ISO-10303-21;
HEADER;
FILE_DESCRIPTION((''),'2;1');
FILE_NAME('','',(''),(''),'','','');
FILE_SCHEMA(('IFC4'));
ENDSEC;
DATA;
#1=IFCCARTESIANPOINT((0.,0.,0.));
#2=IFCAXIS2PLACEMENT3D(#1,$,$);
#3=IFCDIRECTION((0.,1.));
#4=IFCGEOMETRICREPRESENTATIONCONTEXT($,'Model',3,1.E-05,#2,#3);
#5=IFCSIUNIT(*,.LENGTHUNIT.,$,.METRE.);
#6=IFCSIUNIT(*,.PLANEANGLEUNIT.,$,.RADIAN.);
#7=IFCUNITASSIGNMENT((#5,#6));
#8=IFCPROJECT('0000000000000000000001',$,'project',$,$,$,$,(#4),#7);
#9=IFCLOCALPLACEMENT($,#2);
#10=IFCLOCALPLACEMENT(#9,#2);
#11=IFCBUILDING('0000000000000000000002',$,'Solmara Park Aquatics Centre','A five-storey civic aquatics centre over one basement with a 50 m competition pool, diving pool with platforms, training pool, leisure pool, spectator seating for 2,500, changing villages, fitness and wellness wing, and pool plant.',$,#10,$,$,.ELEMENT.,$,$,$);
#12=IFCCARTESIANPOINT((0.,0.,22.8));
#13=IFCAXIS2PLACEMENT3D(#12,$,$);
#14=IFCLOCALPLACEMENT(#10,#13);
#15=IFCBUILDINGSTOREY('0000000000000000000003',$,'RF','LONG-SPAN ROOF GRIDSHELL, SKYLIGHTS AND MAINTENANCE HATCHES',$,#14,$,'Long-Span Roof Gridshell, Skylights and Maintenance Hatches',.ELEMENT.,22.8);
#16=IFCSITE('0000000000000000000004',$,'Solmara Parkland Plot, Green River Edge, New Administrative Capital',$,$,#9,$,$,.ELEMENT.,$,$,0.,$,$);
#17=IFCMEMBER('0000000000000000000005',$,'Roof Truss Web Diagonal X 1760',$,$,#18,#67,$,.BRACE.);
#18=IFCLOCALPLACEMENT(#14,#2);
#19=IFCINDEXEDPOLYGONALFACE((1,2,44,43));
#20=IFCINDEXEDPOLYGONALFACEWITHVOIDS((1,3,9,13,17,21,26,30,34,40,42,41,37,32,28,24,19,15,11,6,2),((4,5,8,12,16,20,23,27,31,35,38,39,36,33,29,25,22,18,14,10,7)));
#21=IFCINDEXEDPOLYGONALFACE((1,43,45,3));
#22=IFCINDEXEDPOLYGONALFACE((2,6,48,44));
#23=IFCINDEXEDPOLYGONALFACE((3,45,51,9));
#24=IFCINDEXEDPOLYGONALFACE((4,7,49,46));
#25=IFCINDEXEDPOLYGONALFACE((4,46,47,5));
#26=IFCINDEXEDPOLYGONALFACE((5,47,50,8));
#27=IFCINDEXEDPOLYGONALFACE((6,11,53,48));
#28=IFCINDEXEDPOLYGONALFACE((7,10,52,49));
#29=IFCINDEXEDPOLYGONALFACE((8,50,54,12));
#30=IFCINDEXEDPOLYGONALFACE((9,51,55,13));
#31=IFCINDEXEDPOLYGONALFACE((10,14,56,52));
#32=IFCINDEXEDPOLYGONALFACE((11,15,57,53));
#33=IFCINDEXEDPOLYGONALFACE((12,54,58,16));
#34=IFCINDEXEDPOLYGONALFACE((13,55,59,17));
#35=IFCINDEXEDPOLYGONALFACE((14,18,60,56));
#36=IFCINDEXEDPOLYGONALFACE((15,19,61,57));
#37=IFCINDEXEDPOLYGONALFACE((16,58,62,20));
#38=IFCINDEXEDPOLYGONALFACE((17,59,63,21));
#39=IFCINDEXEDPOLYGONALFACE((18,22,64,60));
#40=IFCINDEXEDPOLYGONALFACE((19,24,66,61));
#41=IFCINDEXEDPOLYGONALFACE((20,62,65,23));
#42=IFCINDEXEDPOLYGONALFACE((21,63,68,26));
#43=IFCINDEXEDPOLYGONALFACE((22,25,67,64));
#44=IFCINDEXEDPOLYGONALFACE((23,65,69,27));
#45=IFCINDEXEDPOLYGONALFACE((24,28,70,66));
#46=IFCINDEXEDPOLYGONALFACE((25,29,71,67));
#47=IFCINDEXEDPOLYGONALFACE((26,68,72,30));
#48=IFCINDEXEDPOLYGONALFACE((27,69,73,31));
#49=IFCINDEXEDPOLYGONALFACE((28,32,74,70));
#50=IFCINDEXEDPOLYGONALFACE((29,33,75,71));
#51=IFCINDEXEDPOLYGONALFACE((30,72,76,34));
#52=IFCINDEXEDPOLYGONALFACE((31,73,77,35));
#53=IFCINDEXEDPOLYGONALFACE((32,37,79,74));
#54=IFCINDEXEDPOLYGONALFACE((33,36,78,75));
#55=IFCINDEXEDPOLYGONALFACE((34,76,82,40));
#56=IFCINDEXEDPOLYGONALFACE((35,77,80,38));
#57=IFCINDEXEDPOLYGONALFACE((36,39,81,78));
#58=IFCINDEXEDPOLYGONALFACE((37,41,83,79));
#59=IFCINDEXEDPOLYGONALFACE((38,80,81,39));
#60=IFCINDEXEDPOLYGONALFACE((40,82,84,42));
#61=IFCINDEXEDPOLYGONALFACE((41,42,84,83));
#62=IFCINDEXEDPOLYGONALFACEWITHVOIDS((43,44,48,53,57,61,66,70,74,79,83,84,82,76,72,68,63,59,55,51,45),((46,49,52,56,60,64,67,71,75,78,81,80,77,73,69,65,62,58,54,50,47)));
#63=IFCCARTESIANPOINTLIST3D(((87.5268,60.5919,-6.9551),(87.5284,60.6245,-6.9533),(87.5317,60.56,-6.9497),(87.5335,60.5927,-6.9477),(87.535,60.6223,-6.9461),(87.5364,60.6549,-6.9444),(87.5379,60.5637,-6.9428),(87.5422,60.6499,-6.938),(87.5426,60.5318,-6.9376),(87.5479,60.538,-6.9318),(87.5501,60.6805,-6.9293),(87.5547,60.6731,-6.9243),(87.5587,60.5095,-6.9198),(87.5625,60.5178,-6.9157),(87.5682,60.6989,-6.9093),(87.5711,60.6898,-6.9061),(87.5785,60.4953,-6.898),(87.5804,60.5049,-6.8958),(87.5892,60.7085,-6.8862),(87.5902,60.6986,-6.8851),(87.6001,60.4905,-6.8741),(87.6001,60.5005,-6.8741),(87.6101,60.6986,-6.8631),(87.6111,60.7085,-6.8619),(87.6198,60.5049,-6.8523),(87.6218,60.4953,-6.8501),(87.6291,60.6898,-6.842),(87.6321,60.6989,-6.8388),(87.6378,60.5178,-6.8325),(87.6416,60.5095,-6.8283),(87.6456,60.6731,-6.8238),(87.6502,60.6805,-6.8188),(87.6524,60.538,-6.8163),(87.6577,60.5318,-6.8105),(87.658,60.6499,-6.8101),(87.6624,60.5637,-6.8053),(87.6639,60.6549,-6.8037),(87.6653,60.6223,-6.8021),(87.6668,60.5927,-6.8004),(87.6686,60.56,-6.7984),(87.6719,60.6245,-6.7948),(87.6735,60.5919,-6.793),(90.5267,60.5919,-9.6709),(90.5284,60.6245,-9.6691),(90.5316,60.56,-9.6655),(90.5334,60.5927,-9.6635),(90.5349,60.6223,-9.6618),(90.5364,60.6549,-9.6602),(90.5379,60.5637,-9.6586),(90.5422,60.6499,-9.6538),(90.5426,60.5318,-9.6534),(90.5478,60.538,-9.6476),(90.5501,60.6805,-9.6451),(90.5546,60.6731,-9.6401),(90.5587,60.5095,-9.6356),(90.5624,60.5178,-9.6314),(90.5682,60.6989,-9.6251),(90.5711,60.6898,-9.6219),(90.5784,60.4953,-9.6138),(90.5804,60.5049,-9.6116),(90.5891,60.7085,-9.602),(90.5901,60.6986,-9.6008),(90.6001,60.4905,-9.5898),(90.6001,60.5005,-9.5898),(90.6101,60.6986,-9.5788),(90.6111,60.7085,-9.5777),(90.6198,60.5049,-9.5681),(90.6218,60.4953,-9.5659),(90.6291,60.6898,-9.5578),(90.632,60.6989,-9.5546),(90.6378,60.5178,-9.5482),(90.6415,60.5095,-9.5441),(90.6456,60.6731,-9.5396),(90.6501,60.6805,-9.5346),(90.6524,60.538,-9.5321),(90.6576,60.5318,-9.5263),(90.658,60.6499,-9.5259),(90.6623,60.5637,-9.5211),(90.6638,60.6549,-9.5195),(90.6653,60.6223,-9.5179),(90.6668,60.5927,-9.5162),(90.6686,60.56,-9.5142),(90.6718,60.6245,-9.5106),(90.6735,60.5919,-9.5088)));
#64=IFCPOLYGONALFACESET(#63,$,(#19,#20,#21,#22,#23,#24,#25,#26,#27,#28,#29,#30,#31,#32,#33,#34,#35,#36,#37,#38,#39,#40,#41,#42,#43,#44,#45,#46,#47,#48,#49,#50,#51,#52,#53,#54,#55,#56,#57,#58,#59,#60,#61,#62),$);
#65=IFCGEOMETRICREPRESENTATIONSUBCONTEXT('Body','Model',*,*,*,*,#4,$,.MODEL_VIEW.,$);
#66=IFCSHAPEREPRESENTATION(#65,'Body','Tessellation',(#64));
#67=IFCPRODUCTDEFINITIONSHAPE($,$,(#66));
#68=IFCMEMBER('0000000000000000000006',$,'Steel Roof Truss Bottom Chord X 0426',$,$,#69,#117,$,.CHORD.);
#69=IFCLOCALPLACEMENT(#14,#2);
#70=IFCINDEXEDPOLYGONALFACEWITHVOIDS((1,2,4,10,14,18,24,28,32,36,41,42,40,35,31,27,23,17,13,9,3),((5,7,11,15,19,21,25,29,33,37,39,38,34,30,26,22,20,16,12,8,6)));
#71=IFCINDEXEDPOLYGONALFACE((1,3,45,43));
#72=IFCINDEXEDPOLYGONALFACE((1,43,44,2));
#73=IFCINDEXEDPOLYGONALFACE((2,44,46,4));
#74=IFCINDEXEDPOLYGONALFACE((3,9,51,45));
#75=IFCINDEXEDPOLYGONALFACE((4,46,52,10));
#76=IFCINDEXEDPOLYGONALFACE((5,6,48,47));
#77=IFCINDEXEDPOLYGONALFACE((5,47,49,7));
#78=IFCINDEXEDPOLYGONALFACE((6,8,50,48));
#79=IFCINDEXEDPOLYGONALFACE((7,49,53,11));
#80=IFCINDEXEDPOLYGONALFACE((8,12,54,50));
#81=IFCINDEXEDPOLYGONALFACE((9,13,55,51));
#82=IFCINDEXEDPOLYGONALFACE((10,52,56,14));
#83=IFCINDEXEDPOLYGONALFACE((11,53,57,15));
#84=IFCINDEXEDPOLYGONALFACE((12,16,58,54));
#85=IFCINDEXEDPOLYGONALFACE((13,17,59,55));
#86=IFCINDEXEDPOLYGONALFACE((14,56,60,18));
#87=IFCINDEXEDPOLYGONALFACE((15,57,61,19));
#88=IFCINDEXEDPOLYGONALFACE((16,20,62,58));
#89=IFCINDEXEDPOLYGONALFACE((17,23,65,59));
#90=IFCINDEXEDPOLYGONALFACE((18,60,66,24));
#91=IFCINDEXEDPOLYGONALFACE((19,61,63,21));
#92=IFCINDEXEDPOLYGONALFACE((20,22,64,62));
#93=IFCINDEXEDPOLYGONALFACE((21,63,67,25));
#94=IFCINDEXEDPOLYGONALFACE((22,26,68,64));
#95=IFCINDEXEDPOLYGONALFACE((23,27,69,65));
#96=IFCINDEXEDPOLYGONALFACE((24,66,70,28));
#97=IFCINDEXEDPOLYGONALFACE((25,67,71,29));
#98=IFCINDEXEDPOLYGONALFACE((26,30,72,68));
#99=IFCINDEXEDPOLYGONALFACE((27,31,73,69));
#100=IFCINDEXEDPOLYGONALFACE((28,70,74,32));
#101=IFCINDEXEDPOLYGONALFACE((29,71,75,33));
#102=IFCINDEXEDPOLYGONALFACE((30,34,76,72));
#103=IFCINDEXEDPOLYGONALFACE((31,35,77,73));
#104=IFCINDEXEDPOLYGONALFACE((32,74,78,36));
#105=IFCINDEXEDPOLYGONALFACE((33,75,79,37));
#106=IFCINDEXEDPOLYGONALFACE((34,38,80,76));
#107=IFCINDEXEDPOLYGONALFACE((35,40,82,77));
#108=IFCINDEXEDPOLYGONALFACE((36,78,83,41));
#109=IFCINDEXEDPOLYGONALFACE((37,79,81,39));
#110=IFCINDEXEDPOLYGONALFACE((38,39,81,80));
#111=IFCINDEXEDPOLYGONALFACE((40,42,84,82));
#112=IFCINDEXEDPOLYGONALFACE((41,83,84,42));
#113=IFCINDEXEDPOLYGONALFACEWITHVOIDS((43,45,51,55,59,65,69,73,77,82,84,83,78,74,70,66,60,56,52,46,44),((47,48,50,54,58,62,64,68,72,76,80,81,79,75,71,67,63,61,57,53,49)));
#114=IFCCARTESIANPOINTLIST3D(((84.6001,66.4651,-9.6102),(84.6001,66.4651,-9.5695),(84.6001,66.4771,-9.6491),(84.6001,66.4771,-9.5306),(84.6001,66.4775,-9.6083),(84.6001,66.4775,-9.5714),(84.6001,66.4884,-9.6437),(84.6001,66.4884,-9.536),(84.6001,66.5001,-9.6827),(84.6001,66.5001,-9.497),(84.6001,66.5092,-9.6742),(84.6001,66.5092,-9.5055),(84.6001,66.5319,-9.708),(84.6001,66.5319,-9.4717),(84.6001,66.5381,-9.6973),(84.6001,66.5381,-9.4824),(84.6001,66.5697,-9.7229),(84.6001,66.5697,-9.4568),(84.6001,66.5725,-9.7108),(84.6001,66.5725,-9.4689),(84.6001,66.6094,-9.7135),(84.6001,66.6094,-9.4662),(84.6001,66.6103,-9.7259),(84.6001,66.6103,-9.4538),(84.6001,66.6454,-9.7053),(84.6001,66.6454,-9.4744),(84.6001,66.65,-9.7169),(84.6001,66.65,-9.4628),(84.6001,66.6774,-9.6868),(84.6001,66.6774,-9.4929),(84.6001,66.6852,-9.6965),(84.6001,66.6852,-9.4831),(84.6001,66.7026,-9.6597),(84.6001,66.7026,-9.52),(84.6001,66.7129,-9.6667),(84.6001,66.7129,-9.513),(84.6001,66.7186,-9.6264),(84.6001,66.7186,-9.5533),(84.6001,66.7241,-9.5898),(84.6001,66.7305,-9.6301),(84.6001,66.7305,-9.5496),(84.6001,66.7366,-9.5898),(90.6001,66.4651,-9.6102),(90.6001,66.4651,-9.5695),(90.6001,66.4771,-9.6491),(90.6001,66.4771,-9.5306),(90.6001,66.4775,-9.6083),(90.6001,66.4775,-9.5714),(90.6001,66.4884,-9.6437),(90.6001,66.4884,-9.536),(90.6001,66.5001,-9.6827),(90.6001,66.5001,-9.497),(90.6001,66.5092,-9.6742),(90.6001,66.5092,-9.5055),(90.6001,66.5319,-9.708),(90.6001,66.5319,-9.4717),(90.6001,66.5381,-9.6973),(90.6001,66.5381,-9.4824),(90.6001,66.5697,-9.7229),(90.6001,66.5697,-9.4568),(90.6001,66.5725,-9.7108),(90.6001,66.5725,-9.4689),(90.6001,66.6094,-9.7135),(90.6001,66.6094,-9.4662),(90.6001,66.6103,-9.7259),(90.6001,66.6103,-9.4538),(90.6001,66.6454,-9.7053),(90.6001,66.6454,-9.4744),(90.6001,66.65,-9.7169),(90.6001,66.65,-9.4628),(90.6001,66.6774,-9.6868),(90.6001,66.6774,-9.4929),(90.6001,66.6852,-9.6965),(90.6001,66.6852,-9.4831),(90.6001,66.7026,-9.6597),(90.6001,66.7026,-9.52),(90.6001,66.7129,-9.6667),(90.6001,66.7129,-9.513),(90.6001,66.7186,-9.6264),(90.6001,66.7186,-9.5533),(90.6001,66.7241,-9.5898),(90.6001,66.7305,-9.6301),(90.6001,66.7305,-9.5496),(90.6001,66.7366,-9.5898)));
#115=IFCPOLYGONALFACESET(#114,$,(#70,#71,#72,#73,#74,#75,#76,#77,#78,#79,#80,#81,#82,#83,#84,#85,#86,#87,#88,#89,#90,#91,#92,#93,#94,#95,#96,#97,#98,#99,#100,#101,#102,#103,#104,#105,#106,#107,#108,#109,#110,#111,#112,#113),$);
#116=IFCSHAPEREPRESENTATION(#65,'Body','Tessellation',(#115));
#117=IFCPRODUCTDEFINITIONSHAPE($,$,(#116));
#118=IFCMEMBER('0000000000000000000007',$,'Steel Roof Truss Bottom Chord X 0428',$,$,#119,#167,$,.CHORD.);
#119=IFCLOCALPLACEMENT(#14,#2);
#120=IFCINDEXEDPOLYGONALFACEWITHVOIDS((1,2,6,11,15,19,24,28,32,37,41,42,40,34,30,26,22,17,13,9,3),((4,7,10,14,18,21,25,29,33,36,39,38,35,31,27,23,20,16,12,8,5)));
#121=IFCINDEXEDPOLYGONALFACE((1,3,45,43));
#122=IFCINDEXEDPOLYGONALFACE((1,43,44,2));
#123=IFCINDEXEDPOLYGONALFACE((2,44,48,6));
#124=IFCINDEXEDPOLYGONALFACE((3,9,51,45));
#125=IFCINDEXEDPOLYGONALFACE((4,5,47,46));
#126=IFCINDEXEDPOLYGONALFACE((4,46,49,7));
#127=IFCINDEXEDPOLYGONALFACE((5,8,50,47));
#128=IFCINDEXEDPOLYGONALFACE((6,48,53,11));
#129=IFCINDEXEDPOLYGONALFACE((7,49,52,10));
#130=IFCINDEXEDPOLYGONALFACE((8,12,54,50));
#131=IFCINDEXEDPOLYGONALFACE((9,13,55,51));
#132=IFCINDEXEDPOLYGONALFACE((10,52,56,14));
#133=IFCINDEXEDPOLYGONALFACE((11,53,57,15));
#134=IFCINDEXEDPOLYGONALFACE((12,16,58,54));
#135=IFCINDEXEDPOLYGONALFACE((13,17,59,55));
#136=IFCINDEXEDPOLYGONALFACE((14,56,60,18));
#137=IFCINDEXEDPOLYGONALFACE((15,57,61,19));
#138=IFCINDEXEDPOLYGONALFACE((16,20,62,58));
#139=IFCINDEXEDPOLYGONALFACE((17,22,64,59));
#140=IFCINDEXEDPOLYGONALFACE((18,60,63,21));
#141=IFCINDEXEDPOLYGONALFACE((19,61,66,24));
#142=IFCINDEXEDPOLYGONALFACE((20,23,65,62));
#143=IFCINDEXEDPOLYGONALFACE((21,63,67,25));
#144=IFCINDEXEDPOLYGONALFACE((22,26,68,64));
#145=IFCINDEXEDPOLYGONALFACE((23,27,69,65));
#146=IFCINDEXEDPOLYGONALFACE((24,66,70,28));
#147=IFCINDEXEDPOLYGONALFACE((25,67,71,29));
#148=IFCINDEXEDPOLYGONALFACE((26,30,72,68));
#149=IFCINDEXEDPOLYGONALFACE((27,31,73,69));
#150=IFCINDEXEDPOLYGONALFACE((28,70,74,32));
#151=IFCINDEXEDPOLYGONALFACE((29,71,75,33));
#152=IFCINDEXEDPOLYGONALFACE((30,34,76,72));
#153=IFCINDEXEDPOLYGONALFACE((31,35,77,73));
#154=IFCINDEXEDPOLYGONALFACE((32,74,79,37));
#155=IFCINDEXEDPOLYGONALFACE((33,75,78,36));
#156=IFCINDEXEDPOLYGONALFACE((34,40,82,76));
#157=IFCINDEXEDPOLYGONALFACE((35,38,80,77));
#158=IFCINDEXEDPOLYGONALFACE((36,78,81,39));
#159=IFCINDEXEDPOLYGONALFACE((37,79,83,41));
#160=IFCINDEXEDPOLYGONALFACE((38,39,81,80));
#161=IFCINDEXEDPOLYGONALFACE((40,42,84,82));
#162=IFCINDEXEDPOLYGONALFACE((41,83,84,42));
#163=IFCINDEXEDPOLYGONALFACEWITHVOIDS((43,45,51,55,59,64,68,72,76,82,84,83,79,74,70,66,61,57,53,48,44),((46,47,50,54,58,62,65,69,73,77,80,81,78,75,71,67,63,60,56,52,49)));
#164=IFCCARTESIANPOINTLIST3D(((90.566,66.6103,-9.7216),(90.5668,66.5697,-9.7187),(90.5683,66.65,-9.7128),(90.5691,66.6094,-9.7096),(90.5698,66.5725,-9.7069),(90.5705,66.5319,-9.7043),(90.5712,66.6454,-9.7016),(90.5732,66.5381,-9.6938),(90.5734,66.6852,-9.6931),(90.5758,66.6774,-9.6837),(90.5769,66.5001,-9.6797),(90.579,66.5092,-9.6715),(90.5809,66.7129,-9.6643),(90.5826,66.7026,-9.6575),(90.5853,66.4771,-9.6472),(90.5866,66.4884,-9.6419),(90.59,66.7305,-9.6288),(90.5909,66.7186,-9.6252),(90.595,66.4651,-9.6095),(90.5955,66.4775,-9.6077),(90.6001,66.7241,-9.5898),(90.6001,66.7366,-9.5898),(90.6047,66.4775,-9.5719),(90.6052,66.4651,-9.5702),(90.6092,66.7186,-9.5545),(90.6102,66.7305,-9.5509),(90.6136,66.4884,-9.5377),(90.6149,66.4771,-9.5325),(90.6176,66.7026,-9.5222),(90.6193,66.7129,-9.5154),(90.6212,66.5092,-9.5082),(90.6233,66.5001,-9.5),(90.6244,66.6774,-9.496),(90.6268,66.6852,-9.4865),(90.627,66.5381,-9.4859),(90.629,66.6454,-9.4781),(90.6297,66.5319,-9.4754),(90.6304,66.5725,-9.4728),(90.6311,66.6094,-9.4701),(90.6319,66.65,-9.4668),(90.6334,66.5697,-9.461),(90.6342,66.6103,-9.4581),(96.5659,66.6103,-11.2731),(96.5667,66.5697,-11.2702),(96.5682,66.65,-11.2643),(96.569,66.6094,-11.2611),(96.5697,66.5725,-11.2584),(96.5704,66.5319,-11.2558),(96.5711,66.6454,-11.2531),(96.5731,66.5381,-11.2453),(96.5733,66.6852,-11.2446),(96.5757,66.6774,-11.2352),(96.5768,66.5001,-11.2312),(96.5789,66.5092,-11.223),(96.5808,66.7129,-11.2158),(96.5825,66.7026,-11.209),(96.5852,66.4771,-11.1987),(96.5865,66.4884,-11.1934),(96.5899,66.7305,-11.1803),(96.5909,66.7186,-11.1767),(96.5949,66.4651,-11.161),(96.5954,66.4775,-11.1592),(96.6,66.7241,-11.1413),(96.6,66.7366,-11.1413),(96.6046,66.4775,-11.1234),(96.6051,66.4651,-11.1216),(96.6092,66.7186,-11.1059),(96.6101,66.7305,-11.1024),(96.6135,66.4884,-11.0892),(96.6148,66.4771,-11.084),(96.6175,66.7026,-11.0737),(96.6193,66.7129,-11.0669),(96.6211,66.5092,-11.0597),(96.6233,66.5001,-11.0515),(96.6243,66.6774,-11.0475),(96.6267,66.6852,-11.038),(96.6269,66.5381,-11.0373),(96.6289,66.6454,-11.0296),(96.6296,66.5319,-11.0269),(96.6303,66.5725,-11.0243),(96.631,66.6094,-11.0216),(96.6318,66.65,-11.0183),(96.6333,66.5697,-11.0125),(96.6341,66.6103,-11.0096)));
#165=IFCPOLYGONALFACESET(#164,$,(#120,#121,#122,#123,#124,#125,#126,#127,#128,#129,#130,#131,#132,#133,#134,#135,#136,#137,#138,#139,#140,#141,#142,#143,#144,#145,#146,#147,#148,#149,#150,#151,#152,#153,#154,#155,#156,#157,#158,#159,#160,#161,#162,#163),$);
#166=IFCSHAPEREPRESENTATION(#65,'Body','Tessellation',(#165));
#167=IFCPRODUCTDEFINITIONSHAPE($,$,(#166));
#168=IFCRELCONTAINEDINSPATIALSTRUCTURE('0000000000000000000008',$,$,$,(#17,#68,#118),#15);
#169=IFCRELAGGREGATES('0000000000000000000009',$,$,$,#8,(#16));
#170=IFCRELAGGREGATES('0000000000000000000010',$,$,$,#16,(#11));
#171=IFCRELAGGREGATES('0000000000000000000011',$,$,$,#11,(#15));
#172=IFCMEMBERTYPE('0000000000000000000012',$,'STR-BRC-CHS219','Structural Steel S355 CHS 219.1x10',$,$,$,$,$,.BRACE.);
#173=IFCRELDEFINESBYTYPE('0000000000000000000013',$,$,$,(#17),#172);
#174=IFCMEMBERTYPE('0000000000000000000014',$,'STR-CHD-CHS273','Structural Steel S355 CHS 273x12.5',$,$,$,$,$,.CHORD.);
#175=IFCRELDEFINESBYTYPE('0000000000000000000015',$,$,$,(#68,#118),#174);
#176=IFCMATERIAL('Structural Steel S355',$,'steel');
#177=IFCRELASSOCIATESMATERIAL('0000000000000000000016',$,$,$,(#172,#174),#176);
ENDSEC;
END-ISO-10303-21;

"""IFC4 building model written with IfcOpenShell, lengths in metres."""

from ifc_helpers import new_model, si_unit, direction, frame, origin, origin_2d, place, context, subcontext, project, spatial, hollow_circle, extrude, material, material_profile, profile_set, type_object, element, save


model = new_model("IFC4")

# Units and contexts
model_context = context("Model", 3, precision=1e-05, world=origin(), true_north=direction((0.0, 1.0)))
body_context = subcontext(model_context, "Body", "Model", "MODEL_VIEW")
ifc_project = project(units=[si_unit("LENGTHUNIT", "METRE"), si_unit("PLANEANGLEUNIT", "RADIAN")], contexts=[model_context])

# Site, building, storey
site_placement = place(None, origin())
site = spatial("IfcSite", under=ifc_project, at=site_placement, Name="Solmara Parkland Plot, Green River Edge, New Administrative Capital", CompositionType="ELEMENT", RefElevation=0.0)
building_placement = place(site_placement, origin())
building = spatial("IfcBuilding", under=site, at=building_placement, Name="Solmara Park Aquatics Centre", Description="A five-storey civic aquatics centre over one basement with a 50 m competition pool, diving pool with platforms, training pool, leisure pool, spectator seating for 2,500, changing villages, fitness and wellness wing, and pool plant.", CompositionType="ELEMENT")
storey_placement = place(building_placement, frame((0.0, 0.0, 22.8)))
storey = spatial("IfcBuildingStorey", under=building, at=storey_placement, Name="RF", Description="LONG-SPAN ROOF GRIDSHELL, SKYLIGHTS AND MAINTENANCE HATCHES", LongName="Long-Span Roof Gridshell, Skylights and Maintenance Hatches", CompositionType="ELEMENT", Elevation=22.8)

# Members
ifc_material_1 = material(Name="Structural Steel S355", Category="steel")
ifc_material_profile_1 = material_profile(ifc_material_1, hollow_circle(Radius=0.1096, WallThickness=0.01, at=origin_2d()), Name="CHS 219.1x10")
ifc_profile_set_1 = profile_set([ifc_material_profile_1], Name="Structural Steel S355")
member_type_1 = type_object("IfcMemberType", Name="STR-BRC-CHS219", Description="Structural Steel S355 CHS 219.1x10", PredefinedType="BRACE", material=ifc_profile_set_1)
member_1_placement = place(storey_placement, frame((90.6001, 60.6001, -9.5898), z_axis=(-0.741347, 0.0, 0.671122), x_axis=(0.0, -1.0, 0.0)))
element("IfcMember", 1, at=member_1_placement, inside=storey, type_object=member_type_1, Name="Roof Truss Web Diagonal X 1760", PredefinedType="BRACE", context=body_context, shape_type="SweptSolid", body=[
    extrude(hollow_circle(Radius=0.1096, WallThickness=0.01, at=origin_2d()), origin(), (0.0, 0.0, 1.0), 4.0466),
])
ifc_material_profile_2 = material_profile(ifc_material_1, hollow_circle(Radius=0.1365, WallThickness=0.0125, at=origin_2d()), Name="CHS 273x12.5")
ifc_profile_set_2 = profile_set([ifc_material_profile_2], Name="Structural Steel S355")
member_type_2 = type_object("IfcMemberType", Name="STR-CHD-CHS273", Description="Structural Steel S355 CHS 273x12.5", PredefinedType="CHORD", material=ifc_profile_set_2)
member_2_placement = place(storey_placement, frame((84.6001, 66.6001, -9.5898), z_axis=(1.0, 0.0, 0.0), x_axis=(0.0, 1.0, 0.0)))
element("IfcMember", 2, at=member_2_placement, inside=storey, type_object=member_type_2, Name="Steel Roof Truss Bottom Chord X 0426", PredefinedType="CHORD", context=body_context, shape_type="SweptSolid", body=[
    extrude(hollow_circle(Radius=0.1365, WallThickness=0.0125, at=origin_2d()), origin(), (0.0, 0.0, 1.0), 6.0),
])
member_3_placement = place(storey_placement, frame((90.6001, 66.6001, -9.5898), z_axis=(0.968155, 0.0, -0.250351), x_axis=(0.0, 1.0, 0.0)))
element("IfcMember", 3, at=member_3_placement, inside=storey, type_object=member_type_2, Name="Steel Roof Truss Bottom Chord X 0428", PredefinedType="CHORD", context=body_context, shape_type="SweptSolid", body=[
    extrude(hollow_circle(Radius=0.1365, WallThickness=0.0125, at=origin_2d()), origin(), (0.0, 0.0, 1.0), 6.1973),
])

save(model, "model.ifc")
